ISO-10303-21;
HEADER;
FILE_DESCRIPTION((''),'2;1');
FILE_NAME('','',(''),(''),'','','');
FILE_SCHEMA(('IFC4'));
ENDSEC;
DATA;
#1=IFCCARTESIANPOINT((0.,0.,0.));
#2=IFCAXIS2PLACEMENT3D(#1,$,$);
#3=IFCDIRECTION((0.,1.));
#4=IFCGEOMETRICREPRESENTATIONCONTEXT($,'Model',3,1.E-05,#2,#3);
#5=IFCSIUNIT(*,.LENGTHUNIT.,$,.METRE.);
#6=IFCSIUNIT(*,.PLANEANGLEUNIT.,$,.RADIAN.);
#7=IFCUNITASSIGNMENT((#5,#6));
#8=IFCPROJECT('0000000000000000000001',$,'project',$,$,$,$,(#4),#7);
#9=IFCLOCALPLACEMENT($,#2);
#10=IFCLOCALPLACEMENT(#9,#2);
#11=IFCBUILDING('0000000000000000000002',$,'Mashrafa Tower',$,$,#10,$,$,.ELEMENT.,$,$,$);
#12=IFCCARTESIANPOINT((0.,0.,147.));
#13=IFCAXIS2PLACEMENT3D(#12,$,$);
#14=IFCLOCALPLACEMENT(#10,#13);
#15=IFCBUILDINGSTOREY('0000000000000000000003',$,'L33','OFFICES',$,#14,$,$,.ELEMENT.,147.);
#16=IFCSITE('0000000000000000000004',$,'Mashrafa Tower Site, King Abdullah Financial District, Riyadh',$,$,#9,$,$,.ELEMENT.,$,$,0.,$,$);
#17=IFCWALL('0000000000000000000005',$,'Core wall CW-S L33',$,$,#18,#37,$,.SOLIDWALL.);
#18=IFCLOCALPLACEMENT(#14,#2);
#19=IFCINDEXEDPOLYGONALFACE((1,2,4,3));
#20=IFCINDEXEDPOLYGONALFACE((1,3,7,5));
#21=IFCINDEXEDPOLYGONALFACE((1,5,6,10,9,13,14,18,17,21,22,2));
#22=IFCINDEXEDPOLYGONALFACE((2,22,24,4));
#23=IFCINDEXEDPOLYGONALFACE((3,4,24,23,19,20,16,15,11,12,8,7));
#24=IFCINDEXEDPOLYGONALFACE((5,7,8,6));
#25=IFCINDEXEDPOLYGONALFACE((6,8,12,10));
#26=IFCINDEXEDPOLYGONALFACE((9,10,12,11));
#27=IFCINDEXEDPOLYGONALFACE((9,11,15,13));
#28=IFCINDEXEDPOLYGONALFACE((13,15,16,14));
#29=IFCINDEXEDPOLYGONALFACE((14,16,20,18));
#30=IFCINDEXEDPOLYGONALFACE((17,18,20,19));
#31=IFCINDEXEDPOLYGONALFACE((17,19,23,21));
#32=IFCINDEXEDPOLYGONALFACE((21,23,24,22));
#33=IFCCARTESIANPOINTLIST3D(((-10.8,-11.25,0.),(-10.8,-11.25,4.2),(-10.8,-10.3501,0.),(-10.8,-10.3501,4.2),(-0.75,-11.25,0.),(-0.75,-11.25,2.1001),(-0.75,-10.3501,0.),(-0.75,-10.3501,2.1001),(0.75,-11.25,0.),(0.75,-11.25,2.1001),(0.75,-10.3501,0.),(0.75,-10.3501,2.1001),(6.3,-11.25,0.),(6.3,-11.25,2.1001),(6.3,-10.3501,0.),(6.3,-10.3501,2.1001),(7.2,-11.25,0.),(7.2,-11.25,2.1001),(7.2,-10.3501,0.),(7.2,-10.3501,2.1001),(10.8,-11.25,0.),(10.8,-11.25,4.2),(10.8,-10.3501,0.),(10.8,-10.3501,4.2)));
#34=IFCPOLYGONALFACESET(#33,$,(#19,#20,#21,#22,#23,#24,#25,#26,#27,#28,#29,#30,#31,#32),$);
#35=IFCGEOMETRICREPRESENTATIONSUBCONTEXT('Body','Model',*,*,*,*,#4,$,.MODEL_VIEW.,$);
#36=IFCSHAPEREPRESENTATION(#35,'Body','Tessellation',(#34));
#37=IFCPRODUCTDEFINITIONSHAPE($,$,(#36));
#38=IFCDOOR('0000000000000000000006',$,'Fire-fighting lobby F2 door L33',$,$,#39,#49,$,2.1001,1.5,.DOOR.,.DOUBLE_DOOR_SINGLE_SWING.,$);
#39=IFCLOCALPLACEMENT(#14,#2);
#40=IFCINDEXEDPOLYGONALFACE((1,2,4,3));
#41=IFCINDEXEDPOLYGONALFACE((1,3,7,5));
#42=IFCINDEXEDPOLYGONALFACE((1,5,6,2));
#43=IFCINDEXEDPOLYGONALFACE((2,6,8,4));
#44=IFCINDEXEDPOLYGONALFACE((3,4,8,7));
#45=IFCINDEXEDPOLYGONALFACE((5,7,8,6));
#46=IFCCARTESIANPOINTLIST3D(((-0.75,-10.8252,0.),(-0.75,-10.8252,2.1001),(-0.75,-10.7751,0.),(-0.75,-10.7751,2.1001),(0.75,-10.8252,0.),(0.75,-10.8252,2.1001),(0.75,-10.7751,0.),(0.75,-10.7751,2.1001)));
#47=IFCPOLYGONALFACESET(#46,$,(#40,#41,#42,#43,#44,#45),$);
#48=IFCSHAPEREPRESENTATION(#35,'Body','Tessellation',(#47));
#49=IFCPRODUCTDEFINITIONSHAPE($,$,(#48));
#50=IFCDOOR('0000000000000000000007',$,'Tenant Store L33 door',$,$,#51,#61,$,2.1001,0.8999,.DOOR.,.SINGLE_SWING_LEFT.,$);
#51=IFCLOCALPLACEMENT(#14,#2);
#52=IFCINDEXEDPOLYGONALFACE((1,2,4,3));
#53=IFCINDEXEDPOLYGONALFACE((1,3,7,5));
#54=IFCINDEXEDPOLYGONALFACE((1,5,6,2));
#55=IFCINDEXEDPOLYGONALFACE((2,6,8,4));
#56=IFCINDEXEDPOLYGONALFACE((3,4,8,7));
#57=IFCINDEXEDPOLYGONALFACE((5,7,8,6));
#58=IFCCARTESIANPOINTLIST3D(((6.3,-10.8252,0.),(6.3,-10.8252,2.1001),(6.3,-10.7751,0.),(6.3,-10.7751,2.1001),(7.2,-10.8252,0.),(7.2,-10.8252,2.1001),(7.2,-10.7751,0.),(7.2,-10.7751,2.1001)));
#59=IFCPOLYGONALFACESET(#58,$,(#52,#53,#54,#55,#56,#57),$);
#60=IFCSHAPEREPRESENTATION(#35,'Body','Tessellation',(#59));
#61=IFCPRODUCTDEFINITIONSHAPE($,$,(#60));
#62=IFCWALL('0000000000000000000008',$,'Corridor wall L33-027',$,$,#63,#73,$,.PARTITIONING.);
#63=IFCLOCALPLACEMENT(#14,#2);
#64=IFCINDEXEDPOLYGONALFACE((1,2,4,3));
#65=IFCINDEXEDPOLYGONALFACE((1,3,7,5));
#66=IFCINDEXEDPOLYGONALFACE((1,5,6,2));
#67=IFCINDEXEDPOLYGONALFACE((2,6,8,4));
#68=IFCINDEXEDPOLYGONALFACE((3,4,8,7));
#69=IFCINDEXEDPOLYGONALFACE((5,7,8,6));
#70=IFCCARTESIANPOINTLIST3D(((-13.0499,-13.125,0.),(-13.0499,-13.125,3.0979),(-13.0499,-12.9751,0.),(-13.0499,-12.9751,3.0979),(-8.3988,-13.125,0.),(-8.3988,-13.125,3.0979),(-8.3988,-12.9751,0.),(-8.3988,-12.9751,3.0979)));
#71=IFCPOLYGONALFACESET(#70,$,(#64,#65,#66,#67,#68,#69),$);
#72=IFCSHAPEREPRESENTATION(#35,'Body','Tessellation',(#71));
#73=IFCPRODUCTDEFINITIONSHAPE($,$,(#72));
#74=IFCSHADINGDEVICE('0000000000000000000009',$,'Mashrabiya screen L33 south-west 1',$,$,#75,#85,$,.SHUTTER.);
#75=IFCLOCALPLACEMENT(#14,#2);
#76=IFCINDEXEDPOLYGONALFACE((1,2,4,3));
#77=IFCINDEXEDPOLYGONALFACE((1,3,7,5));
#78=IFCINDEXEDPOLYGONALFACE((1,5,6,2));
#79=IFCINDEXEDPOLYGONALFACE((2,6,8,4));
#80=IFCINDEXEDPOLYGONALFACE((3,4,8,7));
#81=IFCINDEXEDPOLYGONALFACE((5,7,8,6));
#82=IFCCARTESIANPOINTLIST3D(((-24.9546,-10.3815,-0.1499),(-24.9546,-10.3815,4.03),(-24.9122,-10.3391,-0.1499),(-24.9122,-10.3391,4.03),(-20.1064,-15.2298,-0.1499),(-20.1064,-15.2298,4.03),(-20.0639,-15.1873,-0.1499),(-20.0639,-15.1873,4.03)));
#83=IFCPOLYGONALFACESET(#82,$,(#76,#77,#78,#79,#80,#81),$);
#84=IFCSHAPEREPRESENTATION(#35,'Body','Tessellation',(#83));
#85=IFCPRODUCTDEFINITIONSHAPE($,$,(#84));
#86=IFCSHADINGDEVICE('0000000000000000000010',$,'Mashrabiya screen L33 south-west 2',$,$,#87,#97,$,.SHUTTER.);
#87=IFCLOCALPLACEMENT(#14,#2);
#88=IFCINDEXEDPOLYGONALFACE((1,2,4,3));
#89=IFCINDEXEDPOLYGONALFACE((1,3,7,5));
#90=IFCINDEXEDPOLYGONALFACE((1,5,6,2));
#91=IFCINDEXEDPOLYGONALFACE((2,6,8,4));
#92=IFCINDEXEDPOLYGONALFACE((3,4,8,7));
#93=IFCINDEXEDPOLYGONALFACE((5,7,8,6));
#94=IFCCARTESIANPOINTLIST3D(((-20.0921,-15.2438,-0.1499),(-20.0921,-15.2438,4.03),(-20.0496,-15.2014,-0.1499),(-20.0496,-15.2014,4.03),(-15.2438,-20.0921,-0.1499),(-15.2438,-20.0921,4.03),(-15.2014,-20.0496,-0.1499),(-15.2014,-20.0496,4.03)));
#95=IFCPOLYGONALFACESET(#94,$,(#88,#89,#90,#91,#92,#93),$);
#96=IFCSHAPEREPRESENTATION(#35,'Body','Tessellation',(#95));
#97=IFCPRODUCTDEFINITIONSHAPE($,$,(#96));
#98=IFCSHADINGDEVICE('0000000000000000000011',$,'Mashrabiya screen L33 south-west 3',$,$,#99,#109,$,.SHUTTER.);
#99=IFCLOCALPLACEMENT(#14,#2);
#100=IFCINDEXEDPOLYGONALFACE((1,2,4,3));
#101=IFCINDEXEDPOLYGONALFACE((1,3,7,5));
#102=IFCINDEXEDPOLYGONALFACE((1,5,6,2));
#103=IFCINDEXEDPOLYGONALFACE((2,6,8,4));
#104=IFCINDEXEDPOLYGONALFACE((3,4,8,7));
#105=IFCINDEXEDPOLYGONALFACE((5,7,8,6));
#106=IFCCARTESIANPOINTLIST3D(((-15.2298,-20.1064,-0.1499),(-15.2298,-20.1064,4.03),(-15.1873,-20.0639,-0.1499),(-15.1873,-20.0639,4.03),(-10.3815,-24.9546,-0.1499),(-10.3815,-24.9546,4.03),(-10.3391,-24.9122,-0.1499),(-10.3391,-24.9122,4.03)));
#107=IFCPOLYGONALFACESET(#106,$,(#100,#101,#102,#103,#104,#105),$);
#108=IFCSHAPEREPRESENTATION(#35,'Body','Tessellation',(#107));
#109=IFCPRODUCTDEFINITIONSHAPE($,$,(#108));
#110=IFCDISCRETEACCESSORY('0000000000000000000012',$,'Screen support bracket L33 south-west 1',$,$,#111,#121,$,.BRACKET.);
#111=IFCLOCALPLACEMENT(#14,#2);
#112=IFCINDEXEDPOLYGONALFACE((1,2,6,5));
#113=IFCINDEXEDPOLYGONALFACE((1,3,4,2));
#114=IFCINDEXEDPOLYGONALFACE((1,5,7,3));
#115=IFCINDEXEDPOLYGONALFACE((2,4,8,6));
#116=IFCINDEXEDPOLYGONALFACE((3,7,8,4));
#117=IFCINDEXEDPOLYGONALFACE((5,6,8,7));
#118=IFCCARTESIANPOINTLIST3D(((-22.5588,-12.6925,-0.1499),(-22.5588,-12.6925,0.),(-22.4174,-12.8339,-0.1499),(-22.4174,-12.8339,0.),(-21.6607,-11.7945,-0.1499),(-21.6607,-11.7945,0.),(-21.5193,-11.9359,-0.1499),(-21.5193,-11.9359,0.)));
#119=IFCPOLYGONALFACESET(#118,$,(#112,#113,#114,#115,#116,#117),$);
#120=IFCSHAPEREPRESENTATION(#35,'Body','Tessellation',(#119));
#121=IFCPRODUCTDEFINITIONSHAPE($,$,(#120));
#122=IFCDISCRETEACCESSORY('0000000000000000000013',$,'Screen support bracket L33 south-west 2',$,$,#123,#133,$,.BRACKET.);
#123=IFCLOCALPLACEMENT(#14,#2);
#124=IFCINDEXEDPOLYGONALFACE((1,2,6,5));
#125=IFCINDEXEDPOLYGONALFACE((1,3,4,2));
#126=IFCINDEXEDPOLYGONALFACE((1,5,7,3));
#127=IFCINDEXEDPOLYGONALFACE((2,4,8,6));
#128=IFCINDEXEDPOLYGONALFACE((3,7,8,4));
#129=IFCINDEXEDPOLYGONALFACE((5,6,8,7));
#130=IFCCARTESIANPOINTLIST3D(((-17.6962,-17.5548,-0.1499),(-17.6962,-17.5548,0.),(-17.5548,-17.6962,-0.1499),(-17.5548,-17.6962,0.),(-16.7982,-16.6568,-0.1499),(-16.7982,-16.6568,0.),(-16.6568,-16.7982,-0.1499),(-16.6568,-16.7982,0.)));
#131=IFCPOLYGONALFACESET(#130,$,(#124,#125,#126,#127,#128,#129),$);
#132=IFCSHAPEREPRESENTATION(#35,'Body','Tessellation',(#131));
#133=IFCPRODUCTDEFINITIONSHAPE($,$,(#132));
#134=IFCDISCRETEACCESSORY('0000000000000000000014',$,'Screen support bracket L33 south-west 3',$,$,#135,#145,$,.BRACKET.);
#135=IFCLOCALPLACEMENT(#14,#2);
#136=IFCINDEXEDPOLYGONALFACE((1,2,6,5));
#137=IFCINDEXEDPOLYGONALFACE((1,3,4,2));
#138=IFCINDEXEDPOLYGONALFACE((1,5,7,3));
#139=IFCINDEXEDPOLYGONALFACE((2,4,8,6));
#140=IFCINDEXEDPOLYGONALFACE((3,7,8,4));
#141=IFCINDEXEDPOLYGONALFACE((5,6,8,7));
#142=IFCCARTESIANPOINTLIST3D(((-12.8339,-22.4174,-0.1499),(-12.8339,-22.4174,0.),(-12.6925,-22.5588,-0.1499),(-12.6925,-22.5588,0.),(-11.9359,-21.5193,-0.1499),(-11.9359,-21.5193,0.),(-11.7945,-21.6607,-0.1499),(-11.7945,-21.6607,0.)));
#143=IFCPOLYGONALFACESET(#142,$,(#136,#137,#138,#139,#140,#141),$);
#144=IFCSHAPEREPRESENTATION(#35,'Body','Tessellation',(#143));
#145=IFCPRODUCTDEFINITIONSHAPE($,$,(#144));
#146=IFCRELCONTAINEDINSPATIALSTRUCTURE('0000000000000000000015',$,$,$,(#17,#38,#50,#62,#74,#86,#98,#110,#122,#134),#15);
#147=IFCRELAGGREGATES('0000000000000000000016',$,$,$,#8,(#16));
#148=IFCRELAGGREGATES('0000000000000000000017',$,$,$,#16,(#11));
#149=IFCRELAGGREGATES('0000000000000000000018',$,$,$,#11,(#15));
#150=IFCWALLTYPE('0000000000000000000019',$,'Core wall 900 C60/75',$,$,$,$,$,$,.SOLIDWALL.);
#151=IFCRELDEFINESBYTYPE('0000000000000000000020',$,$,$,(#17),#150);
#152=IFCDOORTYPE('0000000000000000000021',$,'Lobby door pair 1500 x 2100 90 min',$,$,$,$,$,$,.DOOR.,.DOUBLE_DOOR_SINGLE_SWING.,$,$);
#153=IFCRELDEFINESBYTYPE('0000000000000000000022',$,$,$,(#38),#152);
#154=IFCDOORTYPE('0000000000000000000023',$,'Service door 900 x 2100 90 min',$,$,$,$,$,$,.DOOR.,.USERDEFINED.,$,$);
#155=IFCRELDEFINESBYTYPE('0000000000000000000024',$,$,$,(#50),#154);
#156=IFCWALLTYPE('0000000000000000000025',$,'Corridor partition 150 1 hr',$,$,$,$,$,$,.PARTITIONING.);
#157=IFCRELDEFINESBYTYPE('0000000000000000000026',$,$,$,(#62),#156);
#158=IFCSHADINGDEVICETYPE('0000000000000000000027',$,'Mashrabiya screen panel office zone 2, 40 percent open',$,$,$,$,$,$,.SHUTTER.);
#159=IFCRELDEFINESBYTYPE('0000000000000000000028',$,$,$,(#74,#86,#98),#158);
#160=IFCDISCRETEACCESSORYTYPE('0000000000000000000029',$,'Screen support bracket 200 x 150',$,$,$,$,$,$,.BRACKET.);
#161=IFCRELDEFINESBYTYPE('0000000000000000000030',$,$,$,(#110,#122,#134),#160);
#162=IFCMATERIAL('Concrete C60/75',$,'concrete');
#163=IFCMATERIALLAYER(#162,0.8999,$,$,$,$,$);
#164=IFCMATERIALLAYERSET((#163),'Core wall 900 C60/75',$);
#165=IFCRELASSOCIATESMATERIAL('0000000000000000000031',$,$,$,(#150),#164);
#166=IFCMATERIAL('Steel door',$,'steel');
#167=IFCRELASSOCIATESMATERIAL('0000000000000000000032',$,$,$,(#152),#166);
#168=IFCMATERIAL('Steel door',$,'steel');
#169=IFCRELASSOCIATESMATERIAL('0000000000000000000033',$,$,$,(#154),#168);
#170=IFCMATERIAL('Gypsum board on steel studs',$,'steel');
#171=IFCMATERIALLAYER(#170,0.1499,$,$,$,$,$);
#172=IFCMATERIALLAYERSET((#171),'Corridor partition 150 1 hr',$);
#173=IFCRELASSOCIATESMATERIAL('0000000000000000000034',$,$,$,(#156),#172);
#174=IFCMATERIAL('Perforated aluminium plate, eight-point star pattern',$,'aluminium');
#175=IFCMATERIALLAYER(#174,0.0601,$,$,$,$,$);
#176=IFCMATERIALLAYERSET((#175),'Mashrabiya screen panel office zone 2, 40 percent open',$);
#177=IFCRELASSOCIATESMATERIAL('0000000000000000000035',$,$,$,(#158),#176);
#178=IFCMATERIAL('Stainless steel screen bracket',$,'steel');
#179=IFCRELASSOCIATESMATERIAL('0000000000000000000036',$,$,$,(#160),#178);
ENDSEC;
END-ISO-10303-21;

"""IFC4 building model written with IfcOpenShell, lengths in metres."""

from ifc_helpers import new_model, si_unit, direction, frame, frame_2d, origin, origin_2d, place, context, subcontext, project, spatial, rectangle, extrude, source, transform, mapped, material, layer, layer_set, type_object, type_shapes, element, fill, save


model = new_model("IFC4")

# Units and contexts
model_context = context("Model", 3, precision=1e-05, world=origin(), true_north=direction((0.0, 1.0)))
body_context = subcontext(model_context, "Body", "Model", "MODEL_VIEW")
ifc_project = project(units=[si_unit("LENGTHUNIT", "METRE"), si_unit("PLANEANGLEUNIT", "RADIAN")], contexts=[model_context])

# Site, building, storey
site_placement = place(None, origin())
site = spatial("IfcSite", under=ifc_project, at=site_placement, Name="Mashrafa Tower Site, King Abdullah Financial District, Riyadh", CompositionType="ELEMENT", RefElevation=0.0)
building_placement = place(site_placement, origin())
building = spatial("IfcBuilding", under=site, at=building_placement, Name="Mashrafa Tower", CompositionType="ELEMENT")
storey_placement = place(building_placement, frame((0.0, 0.0, 147.0)))
storey = spatial("IfcBuildingStorey", under=building, at=storey_placement, Name="L33", Description="OFFICES", CompositionType="ELEMENT", Elevation=147.0)

# Wall, openings, doors
ifc_material_1 = material(Name="Concrete C60/75", Category="concrete")
ifc_layer_1 = layer(ifc_material_1, 0.8999)
ifc_layer_set_1 = layer_set([ifc_layer_1], Name="Core wall 900 C60/75")
wall_type_1 = type_object("IfcWallType", Name="Core wall 900 C60/75", PredefinedType="SOLIDWALL", material=ifc_layer_set_1)
wall_1_placement = place(storey_placement, frame((-10.8, -10.8, 0.0), z_axis=(0.0, 0.0, 1.0), x_axis=(1.0, 0.0, 0.0)))
wall_1 = element("IfcWall", 1, at=wall_1_placement, inside=storey, type_object=wall_type_1, Name="Core wall CW-S L33", PredefinedType="SOLIDWALL", context=body_context, shape_type="SweptSolid", body=[
    extrude(rectangle(XDim=21.6001, YDim=0.8999, at=frame_2d((10.8, 0.0))), origin(), (0.0, 0.0, 1.0), 4.2),
])
opening_1_placement = place(wall_1_placement, frame((10.05, 0.0, 0.0)))
opening_1 = element("IfcOpeningElement", 2, at=opening_1_placement, cuts=wall_1, PredefinedType="OPENING", context=body_context, shape_type="SweptSolid", body=[
    extrude(rectangle(XDim=1.5, YDim=2.1001, at=frame_2d((0.75, 1.05))), frame((0.0, 0.46, 0.0), z_axis=(0.0, -1.0, 0.0), x_axis=(1.0, 0.0, 0.0)), (0.0, 0.0, 1.0), 0.9199),
])
opening_2_placement = place(wall_1_placement, frame((17.1001, 0.0, 0.0)))
opening_2 = element("IfcOpeningElement", 3, at=opening_2_placement, cuts=wall_1, PredefinedType="OPENING", context=body_context, shape_type="SweptSolid", body=[
    extrude(rectangle(XDim=0.8999, YDim=2.1001, at=frame_2d((0.45, 1.05))), frame((0.0, 0.46, 0.0), z_axis=(0.0, -1.0, 0.0), x_axis=(1.0, 0.0, 0.0)), (0.0, 0.0, 1.0), 0.9199),
])
ifc_material_2 = material(Name="Steel door", Category="steel")
door_type_1 = type_object("IfcDoorType", Name="Lobby door pair 1500 x 2100 90 min", OperationType="DOUBLE_DOOR_SINGLE_SWING", PredefinedType="DOOR", material=ifc_material_2)
door_1_placement = place(opening_1_placement, origin())
door_1 = element("IfcDoor", 4, at=door_1_placement, inside=storey, type_object=door_type_1, Name="Fire-fighting lobby F2 door L33", OperationType="DOUBLE_DOOR_SINGLE_SWING", OverallHeight=2.1001, OverallWidth=1.5, PredefinedType="DOOR", context=body_context, shape_type="SweptSolid", body=[
    extrude(rectangle(XDim=1.5, YDim=2.1001, at=frame_2d((0.75, 1.05))), frame((0.0, 0.0249, 0.0), z_axis=(0.0, -1.0, 0.0), x_axis=(1.0, 0.0, 0.0)), (0.0, 0.0, 1.0), 0.05),
])
fill(opening_1, door_1)
ifc_material_3 = material(Name="Steel door", Category="steel")
door_type_2 = type_object("IfcDoorType", Name="Service door 900 x 2100 90 min", OperationType="USERDEFINED", PredefinedType="DOOR", material=ifc_material_3)
door_2_placement = place(opening_2_placement, origin())
door_2 = element("IfcDoor", 5, at=door_2_placement, inside=storey, type_object=door_type_2, Name="Tenant Store L33 door", OperationType="SINGLE_SWING_LEFT", OverallHeight=2.1001, OverallWidth=0.8999, PredefinedType="DOOR", context=body_context, shape_type="SweptSolid", body=[
    extrude(rectangle(XDim=0.8999, YDim=2.1001, at=frame_2d((0.45, 1.05))), frame((0.0, 0.0249, 0.0), z_axis=(0.0, -1.0, 0.0), x_axis=(1.0, 0.0, 0.0)), (0.0, 0.0, 1.0), 0.05),
])
fill(opening_2, door_2)

# Wall
ifc_material_4 = material(Name="Gypsum board on steel studs", Category="steel")
ifc_layer_2 = layer(ifc_material_4, 0.1499)
ifc_layer_set_2 = layer_set([ifc_layer_2], Name="Corridor partition 150 1 hr")
wall_type_2 = type_object("IfcWallType", Name="Corridor partition 150 1 hr", PredefinedType="PARTITIONING", material=ifc_layer_set_2)
wall_2_placement = place(storey_placement, frame((-13.05, -13.05, 0.0), z_axis=(0.0, 0.0, 1.0), x_axis=(1.0, 0.0, 0.0)))
element("IfcWall", 6, at=wall_2_placement, inside=storey, type_object=wall_type_2, Name="Corridor wall L33-027", PredefinedType="PARTITIONING", context=body_context, shape_type="SweptSolid", body=[
    extrude(rectangle(XDim=4.6511, YDim=0.1499, at=frame_2d((2.3257, 0.0))), origin(), (0.0, 0.0, 1.0), 3.0979),
])

# Shading devices
ifc_material_5 = material(Name="Perforated aluminium plate, eight-point star pattern", Category="aluminium")
ifc_layer_3 = layer(ifc_material_5, 0.0601)
ifc_layer_set_3 = layer_set([ifc_layer_3], Name="Mashrabiya screen panel office zone 2, 40 percent open")
shading_device_type = type_object("IfcShadingDeviceType", Name="Mashrabiya screen panel office zone 2, 40 percent open", PredefinedType="SHUTTER", material=ifc_layer_set_3)
shared_shape_1 = source(origin(), body_context, "Body", "SweptSolid", [
    extrude(rectangle(XDim=6.8564, YDim=0.0601, at=origin_2d()), origin(), (0.0, 0.0, 1.0), 4.1799),
])
type_shapes(shading_device_type, [shared_shape_1])
for number, where, z_axis, x_axis, name in (
    (7, (-22.5093, -12.7844, -0.1499), (0.0, 0.0, 1.0), (0.707107, -0.707107, 0.0), "Mashrabiya screen L33 south-west 1"),
    (8, (-17.6467, -17.6467, -0.1499), (0.0, 0.0, 1.0), (0.707107, -0.707107, 0.0), "Mashrabiya screen L33 south-west 2"),
    (9, (-12.7844, -22.5093, -0.1499), (0.0, 0.0, 1.0), (0.707107, -0.707107, 0.0), "Mashrabiya screen L33 south-west 3"),
):
    element("IfcShadingDevice", number, at=place(storey_placement, frame(where, z_axis=z_axis, x_axis=x_axis)), inside=storey, type_object=shading_device_type, Name=name, PredefinedType="SHUTTER", context=body_context, shape_type="MappedRepresentation", body=[
        mapped(shared_shape_1, transform((0.0, 0.0, 0.0))),
    ])

# Discrete accessories
ifc_material_6 = material(Name="Stainless steel screen bracket", Category="steel")
discrete_accessory_type = type_object("IfcDiscreteAccessoryType", Name="Screen support bracket 200 x 150", PredefinedType="BRACKET", material=ifc_material_6)
shared_shape_2 = source(origin(), body_context, "Body", "SweptSolid", [
    extrude(rectangle(XDim=0.2, YDim=1.27, at=origin_2d()), origin(), (0.0, 0.0, 1.0), 0.1499),
])
type_shapes(discrete_accessory_type, [shared_shape_2])
for number, where, z_axis, x_axis, name in (
    (10, (-22.0391, -12.3142, -0.1499), (0.0, 0.0, 1.0), (0.707107, -0.707107, 0.0), "Screen support bracket L33 south-west 1"),
    (11, (-17.1765, -17.1765, -0.1499), (0.0, 0.0, 1.0), (0.707107, -0.707107, 0.0), "Screen support bracket L33 south-west 2"),
    (12, (-12.3142, -22.0391, -0.1499), (0.0, 0.0, 1.0), (0.707107, -0.707107, 0.0), "Screen support bracket L33 south-west 3"),
):
    element("IfcDiscreteAccessory", number, at=place(storey_placement, frame(where, z_axis=z_axis, x_axis=x_axis)), inside=storey, type_object=discrete_accessory_type, Name=name, PredefinedType="BRACKET", context=body_context, shape_type="MappedRepresentation", body=[
        mapped(shared_shape_2, transform((0.0, 0.0, 0.0))),
    ])

save(model, "model.ifc")
